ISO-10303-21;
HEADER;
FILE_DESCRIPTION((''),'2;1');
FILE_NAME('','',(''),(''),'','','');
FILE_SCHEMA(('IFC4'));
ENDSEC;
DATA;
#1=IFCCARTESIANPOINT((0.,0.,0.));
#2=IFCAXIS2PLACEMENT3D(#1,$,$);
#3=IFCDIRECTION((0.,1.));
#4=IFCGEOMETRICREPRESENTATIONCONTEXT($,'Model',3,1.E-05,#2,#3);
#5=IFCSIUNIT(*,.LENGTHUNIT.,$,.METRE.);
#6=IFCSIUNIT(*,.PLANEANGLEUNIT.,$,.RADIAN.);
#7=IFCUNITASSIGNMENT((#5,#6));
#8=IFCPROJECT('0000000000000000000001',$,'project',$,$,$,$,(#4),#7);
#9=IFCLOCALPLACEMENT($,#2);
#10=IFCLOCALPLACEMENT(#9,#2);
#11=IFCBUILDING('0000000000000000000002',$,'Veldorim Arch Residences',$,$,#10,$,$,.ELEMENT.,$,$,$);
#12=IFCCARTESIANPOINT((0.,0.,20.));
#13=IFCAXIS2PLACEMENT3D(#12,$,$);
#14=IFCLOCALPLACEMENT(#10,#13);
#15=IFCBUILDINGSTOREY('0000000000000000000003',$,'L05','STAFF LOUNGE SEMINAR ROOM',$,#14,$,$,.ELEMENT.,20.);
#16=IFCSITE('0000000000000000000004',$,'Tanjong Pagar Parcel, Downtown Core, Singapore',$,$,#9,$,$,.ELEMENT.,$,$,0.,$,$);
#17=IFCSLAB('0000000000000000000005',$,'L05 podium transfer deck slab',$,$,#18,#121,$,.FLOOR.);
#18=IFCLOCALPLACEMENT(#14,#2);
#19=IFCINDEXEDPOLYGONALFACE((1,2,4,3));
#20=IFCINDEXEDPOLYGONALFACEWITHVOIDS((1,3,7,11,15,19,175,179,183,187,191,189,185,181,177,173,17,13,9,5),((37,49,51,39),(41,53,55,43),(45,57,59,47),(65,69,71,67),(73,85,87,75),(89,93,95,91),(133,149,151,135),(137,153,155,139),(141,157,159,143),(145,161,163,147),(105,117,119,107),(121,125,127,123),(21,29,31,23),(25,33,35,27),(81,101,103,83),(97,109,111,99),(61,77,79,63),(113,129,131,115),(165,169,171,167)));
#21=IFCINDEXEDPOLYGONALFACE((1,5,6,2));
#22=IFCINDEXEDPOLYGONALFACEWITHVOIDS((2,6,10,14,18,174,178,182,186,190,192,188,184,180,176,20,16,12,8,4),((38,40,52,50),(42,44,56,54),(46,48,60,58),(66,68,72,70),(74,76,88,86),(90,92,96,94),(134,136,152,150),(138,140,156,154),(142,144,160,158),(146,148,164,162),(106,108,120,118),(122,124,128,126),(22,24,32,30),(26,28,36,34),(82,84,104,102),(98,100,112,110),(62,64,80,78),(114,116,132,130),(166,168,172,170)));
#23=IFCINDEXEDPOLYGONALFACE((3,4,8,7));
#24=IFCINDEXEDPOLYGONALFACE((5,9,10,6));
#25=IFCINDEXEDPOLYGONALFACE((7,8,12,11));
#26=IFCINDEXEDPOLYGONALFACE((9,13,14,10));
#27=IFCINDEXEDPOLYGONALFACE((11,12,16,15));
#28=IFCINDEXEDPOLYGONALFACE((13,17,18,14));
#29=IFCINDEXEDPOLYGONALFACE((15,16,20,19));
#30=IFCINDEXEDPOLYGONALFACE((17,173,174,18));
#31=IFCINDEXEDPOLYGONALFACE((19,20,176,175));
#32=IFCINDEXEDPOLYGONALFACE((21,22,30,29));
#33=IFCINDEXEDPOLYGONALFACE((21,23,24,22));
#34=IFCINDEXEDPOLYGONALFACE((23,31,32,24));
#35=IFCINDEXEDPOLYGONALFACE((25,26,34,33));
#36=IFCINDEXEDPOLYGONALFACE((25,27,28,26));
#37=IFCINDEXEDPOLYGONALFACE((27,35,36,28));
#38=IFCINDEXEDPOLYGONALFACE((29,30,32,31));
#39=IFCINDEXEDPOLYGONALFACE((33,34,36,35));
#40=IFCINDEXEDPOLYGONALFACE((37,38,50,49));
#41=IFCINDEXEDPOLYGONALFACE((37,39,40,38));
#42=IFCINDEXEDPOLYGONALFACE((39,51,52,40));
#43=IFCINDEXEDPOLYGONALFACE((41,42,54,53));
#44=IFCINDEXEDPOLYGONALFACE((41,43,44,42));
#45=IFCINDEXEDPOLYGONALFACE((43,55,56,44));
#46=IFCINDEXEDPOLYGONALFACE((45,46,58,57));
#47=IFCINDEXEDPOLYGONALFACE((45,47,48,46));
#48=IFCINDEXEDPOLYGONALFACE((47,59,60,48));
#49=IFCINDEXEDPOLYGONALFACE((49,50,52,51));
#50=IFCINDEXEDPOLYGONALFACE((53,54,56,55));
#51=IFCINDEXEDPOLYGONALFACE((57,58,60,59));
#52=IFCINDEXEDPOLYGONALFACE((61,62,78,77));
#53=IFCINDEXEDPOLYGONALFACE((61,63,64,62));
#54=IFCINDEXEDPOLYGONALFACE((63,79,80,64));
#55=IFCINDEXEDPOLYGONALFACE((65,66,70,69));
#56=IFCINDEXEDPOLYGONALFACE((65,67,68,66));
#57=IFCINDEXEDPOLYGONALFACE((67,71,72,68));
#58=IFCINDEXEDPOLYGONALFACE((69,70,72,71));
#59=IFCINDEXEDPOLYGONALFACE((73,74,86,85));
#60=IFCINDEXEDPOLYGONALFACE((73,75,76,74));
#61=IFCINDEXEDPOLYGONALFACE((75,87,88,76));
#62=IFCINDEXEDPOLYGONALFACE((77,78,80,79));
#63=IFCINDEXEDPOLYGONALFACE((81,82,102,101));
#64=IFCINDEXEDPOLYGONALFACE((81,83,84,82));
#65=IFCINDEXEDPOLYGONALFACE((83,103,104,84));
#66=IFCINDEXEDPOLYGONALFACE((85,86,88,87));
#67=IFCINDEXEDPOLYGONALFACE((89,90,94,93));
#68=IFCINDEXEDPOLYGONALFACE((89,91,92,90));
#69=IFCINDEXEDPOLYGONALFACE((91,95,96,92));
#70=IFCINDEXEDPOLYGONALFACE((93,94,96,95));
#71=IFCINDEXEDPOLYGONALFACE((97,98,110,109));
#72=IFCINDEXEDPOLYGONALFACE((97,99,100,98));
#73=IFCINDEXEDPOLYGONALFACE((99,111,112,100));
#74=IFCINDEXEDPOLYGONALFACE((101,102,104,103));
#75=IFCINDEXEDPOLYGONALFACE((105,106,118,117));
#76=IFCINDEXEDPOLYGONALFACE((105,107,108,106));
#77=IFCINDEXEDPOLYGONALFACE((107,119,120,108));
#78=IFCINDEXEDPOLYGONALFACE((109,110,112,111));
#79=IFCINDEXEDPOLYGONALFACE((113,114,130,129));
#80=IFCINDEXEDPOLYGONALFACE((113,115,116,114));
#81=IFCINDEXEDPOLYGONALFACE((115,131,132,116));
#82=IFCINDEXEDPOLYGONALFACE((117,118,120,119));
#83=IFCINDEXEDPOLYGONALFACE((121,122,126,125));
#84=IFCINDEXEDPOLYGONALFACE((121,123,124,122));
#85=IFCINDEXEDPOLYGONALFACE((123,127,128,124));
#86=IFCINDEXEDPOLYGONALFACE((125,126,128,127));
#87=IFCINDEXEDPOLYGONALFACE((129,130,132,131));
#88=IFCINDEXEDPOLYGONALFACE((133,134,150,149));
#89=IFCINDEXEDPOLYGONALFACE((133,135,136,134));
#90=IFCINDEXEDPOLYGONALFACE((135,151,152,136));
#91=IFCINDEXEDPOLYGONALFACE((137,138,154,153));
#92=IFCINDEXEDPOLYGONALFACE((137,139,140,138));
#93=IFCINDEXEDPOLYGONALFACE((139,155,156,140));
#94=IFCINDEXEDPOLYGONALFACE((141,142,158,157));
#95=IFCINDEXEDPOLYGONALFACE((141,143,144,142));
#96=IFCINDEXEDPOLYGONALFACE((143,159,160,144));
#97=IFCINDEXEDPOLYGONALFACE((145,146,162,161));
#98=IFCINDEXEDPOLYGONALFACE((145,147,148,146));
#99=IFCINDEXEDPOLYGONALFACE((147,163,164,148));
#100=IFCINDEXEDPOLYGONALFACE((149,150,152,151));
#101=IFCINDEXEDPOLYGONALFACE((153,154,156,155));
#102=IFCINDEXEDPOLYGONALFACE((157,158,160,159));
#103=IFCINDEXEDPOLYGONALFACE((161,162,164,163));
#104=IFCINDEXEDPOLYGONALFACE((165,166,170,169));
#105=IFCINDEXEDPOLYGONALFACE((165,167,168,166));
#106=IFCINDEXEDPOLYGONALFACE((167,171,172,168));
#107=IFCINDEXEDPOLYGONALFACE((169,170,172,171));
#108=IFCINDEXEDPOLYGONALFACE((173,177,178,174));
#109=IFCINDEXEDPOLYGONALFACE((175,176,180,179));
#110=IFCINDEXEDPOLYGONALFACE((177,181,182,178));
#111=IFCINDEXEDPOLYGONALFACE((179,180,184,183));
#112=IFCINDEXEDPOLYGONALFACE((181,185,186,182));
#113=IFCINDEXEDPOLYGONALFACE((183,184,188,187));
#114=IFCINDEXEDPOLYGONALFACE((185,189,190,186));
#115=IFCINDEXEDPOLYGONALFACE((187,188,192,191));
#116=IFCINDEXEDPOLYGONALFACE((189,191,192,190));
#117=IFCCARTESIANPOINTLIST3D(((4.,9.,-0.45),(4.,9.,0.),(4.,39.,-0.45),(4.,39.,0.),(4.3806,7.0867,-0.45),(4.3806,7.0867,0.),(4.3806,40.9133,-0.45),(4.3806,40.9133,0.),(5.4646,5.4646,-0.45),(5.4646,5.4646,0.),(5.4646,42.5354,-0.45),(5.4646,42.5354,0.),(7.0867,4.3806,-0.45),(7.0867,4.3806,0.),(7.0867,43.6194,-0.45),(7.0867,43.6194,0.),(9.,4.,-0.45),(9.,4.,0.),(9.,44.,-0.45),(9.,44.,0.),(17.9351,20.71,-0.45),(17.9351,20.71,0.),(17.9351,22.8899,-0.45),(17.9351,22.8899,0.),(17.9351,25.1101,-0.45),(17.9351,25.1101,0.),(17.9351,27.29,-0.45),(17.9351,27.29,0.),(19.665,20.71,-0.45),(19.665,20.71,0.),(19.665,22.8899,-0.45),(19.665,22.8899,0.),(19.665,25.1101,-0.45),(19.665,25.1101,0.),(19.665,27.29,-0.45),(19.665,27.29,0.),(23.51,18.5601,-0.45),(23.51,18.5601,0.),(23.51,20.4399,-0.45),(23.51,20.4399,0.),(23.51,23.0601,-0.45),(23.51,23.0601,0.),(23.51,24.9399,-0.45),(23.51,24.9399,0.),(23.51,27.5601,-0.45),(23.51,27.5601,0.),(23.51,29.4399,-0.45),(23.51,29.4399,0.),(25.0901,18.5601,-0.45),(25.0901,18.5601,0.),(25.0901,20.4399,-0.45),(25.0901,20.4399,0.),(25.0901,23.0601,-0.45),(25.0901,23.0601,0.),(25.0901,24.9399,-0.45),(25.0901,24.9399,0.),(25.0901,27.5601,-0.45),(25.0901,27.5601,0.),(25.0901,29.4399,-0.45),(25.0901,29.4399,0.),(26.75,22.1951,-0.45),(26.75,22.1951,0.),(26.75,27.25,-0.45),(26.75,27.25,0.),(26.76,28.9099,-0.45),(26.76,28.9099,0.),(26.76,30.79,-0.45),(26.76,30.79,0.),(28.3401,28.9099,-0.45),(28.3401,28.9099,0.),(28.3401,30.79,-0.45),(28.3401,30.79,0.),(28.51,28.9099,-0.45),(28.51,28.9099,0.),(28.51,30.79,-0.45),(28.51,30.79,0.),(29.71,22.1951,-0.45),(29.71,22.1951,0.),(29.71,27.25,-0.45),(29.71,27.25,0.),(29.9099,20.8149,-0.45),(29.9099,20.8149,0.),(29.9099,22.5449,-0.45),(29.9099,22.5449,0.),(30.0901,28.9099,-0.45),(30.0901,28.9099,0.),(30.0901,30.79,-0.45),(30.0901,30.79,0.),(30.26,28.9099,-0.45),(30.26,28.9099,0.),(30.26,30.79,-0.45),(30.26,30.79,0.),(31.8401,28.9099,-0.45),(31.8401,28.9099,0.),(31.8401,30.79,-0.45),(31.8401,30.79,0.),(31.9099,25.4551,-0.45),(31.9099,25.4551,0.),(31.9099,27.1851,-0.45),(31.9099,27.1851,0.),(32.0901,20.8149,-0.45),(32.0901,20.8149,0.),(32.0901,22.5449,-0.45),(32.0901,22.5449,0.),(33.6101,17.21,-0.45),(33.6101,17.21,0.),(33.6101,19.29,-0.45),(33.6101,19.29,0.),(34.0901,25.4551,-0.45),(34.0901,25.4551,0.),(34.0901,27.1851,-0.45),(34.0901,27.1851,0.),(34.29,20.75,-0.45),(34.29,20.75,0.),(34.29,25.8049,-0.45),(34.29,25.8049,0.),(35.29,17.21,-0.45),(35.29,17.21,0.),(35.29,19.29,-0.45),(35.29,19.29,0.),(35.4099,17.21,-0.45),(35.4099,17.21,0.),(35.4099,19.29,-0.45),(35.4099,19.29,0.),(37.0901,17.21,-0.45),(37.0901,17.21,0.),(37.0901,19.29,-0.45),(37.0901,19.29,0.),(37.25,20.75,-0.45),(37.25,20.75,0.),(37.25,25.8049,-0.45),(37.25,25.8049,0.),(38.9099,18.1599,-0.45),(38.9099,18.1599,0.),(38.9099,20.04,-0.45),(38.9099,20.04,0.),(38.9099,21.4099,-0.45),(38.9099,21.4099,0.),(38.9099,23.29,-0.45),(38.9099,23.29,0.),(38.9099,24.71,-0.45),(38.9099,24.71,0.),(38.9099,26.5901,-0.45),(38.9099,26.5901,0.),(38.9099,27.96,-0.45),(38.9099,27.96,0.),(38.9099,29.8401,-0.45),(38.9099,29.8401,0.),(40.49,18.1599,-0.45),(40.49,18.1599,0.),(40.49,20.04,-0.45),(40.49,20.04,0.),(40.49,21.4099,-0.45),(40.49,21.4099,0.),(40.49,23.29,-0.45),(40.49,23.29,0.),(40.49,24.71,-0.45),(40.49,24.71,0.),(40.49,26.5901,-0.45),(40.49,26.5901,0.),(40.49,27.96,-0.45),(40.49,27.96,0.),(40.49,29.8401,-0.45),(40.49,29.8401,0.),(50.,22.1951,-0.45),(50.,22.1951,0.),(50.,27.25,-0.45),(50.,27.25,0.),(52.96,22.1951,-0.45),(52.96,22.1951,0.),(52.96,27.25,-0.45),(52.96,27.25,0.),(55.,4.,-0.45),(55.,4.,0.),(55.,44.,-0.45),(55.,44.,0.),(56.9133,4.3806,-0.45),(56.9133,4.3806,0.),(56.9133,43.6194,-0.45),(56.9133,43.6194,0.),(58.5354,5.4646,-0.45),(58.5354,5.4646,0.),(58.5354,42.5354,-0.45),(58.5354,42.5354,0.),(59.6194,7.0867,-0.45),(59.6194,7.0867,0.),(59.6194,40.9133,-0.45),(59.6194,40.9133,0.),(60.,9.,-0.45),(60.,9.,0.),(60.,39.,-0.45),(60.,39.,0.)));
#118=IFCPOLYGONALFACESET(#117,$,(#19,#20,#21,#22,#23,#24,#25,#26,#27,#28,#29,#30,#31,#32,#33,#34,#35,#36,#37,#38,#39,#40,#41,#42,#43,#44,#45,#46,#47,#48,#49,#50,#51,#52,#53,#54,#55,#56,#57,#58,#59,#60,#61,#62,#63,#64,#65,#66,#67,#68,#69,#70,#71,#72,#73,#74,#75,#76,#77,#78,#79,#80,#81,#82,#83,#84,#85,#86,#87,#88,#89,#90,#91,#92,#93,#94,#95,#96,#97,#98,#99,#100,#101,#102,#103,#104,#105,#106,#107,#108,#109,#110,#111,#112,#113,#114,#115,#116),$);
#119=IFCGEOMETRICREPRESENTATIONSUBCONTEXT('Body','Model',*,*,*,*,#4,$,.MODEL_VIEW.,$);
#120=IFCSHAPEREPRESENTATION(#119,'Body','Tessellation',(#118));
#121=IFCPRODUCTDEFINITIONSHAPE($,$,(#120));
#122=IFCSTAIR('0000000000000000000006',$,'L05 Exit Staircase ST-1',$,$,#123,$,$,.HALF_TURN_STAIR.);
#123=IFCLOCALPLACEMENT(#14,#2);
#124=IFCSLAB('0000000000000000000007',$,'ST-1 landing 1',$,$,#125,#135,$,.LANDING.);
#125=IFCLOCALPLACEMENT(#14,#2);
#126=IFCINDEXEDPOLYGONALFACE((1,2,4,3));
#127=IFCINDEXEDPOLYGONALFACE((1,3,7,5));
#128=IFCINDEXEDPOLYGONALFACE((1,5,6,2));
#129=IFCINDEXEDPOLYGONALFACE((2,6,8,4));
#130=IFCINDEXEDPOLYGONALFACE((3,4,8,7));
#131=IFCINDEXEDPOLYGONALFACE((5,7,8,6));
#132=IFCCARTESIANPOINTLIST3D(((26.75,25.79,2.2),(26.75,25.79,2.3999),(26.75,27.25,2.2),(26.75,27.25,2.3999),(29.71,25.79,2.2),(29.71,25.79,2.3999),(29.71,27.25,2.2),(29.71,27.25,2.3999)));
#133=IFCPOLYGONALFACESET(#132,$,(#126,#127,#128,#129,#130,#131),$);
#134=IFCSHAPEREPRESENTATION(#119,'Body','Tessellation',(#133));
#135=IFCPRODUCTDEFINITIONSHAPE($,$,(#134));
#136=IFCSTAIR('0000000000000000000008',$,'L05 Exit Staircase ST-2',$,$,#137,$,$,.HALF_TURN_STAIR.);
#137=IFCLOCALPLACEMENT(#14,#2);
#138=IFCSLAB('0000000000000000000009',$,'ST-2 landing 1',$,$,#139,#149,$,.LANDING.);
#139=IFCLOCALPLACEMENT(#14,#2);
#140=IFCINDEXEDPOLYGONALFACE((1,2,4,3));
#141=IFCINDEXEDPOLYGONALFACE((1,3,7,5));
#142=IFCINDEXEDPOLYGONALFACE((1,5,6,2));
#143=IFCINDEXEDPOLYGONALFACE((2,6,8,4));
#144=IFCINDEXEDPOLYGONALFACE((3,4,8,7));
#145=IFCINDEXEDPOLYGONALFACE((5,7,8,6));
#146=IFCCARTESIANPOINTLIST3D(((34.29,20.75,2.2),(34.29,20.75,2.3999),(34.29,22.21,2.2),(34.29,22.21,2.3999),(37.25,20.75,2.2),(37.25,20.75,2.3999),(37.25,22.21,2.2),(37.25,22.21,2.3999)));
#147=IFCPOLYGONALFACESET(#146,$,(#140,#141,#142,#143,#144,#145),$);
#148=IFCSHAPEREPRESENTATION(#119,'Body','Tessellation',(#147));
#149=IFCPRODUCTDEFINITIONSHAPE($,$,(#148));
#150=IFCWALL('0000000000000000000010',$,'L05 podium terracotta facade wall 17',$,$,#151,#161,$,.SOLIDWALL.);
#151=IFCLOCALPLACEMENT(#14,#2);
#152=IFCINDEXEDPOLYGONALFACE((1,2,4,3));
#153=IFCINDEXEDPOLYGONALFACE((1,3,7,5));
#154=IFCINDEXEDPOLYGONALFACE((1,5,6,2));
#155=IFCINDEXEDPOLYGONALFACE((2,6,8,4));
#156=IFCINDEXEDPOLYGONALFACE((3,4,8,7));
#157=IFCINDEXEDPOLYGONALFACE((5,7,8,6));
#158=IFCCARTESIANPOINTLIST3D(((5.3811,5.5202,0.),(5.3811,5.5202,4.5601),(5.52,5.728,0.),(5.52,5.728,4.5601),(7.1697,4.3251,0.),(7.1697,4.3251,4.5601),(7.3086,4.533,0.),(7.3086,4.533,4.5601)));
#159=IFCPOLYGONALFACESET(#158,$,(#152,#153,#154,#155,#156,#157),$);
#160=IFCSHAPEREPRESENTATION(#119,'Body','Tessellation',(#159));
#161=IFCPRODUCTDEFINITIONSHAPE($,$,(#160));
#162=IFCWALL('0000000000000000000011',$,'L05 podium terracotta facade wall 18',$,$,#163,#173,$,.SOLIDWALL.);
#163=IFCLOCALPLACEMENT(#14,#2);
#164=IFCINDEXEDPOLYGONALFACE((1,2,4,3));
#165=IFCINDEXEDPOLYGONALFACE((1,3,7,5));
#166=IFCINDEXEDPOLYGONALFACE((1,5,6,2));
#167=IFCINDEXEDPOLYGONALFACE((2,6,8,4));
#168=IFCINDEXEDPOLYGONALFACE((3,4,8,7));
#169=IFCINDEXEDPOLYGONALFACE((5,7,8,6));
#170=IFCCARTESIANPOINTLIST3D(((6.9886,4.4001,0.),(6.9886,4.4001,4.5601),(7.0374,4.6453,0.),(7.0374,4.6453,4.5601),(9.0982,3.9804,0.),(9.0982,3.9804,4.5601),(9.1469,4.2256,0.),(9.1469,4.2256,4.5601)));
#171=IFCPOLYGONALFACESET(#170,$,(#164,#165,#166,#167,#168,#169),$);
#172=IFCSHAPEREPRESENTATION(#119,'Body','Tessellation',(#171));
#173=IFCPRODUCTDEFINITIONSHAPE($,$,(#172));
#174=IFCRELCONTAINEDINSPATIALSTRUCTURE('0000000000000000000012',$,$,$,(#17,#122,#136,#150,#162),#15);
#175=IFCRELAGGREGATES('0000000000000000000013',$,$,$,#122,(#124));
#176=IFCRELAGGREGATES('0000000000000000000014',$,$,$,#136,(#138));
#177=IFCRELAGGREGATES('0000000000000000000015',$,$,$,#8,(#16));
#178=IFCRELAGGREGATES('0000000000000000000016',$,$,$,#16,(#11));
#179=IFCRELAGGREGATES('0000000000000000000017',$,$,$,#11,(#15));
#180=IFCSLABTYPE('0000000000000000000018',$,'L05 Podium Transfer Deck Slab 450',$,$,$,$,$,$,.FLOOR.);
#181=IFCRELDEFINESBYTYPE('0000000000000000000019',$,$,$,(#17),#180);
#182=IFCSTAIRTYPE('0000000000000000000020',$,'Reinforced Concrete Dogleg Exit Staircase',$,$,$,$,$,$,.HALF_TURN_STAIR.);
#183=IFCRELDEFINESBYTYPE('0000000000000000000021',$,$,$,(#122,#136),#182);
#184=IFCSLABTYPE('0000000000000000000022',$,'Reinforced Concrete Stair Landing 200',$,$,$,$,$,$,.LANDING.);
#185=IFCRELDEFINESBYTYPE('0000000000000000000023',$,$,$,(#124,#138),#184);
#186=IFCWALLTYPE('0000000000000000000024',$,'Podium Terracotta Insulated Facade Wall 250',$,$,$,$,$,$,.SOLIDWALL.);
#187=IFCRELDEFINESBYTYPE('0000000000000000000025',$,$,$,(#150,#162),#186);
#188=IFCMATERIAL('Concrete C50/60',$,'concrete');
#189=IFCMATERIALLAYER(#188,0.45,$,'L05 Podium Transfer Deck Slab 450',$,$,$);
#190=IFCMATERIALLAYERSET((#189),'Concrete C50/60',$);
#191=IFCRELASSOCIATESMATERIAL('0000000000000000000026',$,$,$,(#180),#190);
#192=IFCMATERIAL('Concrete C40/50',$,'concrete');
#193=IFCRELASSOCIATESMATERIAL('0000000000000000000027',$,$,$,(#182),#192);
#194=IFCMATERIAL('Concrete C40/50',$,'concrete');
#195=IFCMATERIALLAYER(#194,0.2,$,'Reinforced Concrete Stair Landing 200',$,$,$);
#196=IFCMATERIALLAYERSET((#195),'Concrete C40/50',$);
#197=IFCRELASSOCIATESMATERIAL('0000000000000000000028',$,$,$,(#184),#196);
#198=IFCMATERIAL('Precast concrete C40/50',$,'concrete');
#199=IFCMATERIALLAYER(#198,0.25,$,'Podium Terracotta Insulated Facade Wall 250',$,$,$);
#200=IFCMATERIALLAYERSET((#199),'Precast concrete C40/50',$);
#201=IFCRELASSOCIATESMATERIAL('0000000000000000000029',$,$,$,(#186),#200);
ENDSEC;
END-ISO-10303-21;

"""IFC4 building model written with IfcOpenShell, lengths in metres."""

from ifc_helpers import new_model, si_unit, direction, frame, frame_2d, origin, place, context, subcontext, project, spatial, polyline, rectangle, outline, extrude, material, layer, layer_set, type_object, element, aggregate, save


model = new_model("IFC4")

# Units and contexts
model_context = context("Model", 3, precision=1e-05, world=origin(), true_north=direction((0.0, 1.0)))
body_context = subcontext(model_context, "Body", "Model", "MODEL_VIEW")
ifc_project = project(units=[si_unit("LENGTHUNIT", "METRE"), si_unit("PLANEANGLEUNIT", "RADIAN")], contexts=[model_context])

# Site, building, storey
site_placement = place(None, origin())
site = spatial("IfcSite", under=ifc_project, at=site_placement, Name="Tanjong Pagar Parcel, Downtown Core, Singapore", CompositionType="ELEMENT", RefElevation=0.0)
building_placement = place(site_placement, origin())
building = spatial("IfcBuilding", under=site, at=building_placement, Name="Veldorim Arch Residences", CompositionType="ELEMENT")
storey_placement = place(building_placement, frame((0.0, 0.0, 20.0)))
storey = spatial("IfcBuildingStorey", under=building, at=storey_placement, Name="L05", Description="STAFF LOUNGE SEMINAR ROOM", CompositionType="ELEMENT", Elevation=20.0)

# Slab
ifc_material_1 = material(Name="Concrete C50/60", Category="concrete")
ifc_layer_1 = layer(ifc_material_1, 0.45, Name="L05 Podium Transfer Deck Slab 450")
ifc_layer_set_1 = layer_set([ifc_layer_1], Name="Concrete C50/60")
slab_type_1 = type_object("IfcSlabType", Name="L05 Podium Transfer Deck Slab 450", PredefinedType="FLOOR", material=ifc_layer_set_1)
slab_1_placement = place(storey_placement, frame((0.0, 0.0, -0.45)))
element("IfcSlab", 1, at=slab_1_placement, inside=storey, type_object=slab_type_1, Name="L05 podium transfer deck slab", PredefinedType="FLOOR", context=body_context, shape_type="SweptSolid", body=[
    extrude(outline(polyline([(55.0, 4.0), (56.9133, 4.3806), (58.5354, 5.4646), (59.6194, 7.0867), (60.0, 9.0), (60.0, 39.0), (59.6194, 40.9133), (58.5354, 42.5354), (56.9133, 43.6194), (55.0, 44.0), (9.0, 44.0), (7.0867, 43.6194), (5.4646, 42.5354), (4.3806, 40.9133), (4.0, 39.0), (4.0, 9.0), (4.3806, 7.0867), (5.4646, 5.4646), (7.0867, 4.3806), (9.0, 4.0), (55.0, 4.0)]), holes=[polyline([(23.51, 20.4399), (25.0901, 20.4399), (25.0901, 18.5601), (23.51, 18.5601), (23.51, 20.4399)]), polyline([(29.9099, 22.5449), (32.0901, 22.5449), (32.0901, 20.8149), (29.9099, 20.8149), (29.9099, 22.5449)]), polyline([(17.9351, 22.8899), (19.665, 22.8899), (19.665, 20.71), (17.9351, 20.71), (17.9351, 22.8899)]), polyline([(23.51, 24.9399), (25.0901, 24.9399), (25.0901, 23.0601), (23.51, 23.0601), (23.51, 24.9399)]), polyline([(26.75, 27.25), (29.71, 27.25), (29.71, 22.1951), (26.75, 22.1951), (26.75, 27.25)]), polyline([(17.9351, 27.29), (19.665, 27.29), (19.665, 25.1101), (17.9351, 25.1101), (17.9351, 27.29)]), polyline([(23.51, 29.4399), (25.0901, 29.4399), (25.0901, 27.5601), (23.51, 27.5601), (23.51, 29.4399)]), polyline([(28.3401, 30.79), (28.3401, 28.9099), (26.76, 28.9099), (26.76, 30.79), (28.3401, 30.79)]), polyline([(30.0901, 30.79), (30.0901, 28.9099), (28.51, 28.9099), (28.51, 30.79), (30.0901, 30.79)]), polyline([(30.26, 30.79), (31.8401, 30.79), (31.8401, 28.9099), (30.26, 28.9099), (30.26, 30.79)]), polyline([(33.6101, 19.29), (35.29, 19.29), (35.29, 17.21), (33.6101, 17.21), (33.6101, 19.29)]), polyline([(35.4099, 19.29), (37.0901, 19.29), (37.0901, 17.21), (35.4099, 17.21), (35.4099, 19.29)]), polyline([(40.49, 20.04), (40.49, 18.1599), (38.9099, 18.1599), (38.9099, 20.04), (40.49, 20.04)]), polyline([(40.49, 23.29), (40.49, 21.4099), (38.9099, 21.4099), (38.9099, 23.29), (40.49, 23.29)]), polyline([(34.29, 25.8049), (37.25, 25.8049), (37.25, 20.75), (34.29, 20.75), (34.29, 25.8049)]), polyline([(50.0, 27.25), (52.96, 27.25), (52.96, 22.1951), (50.0, 22.1951), (50.0, 27.25)]), polyline([(38.9099, 26.5901), (40.49, 26.5901), (40.49, 24.71), (38.9099, 24.71), (38.9099, 26.5901)]), polyline([(34.0901, 27.1851), (34.0901, 25.4551), (31.9099, 25.4551), (31.9099, 27.1851), (34.0901, 27.1851)]), polyline([(40.49, 29.8401), (40.49, 27.96), (38.9099, 27.96), (38.9099, 29.8401), (40.49, 29.8401)])]), origin(), (0.0, 0.0, 1.0), 0.45),
])

# Stairs, slabs
ifc_material_2 = material(Name="Concrete C40/50", Category="concrete")
stair_type = type_object("IfcStairType", Name="Reinforced Concrete Dogleg Exit Staircase", PredefinedType="HALF_TURN_STAIR", material=ifc_material_2)
stair_1_placement = place(storey_placement, origin())
stair_1 = element("IfcStair", 2, at=stair_1_placement, inside=storey, type_object=stair_type, Name="L05 Exit Staircase ST-1", PredefinedType="HALF_TURN_STAIR")
ifc_material_3 = material(Name="Concrete C40/50", Category="concrete")
ifc_layer_2 = layer(ifc_material_3, 0.2, Name="Reinforced Concrete Stair Landing 200")
ifc_layer_set_2 = layer_set([ifc_layer_2], Name="Concrete C40/50")
slab_type_2 = type_object("IfcSlabType", Name="Reinforced Concrete Stair Landing 200", PredefinedType="LANDING", material=ifc_layer_set_2)
slab_2_placement = place(storey_placement, frame((0.0, 0.0, 2.2)))
slab_2 = element("IfcSlab", 3, at=slab_2_placement, type_object=slab_type_2, Name="ST-1 landing 1", PredefinedType="LANDING", context=body_context, shape_type="SweptSolid", body=[
    extrude(outline(polyline([(29.71, 25.79), (29.71, 27.25), (26.75, 27.25), (26.75, 25.79), (29.71, 25.79)])), origin(), (0.0, 0.0, 1.0), 0.2),
])
aggregate(stair_1, [slab_2])
stair_2_placement = place(storey_placement, origin())
stair_2 = element("IfcStair", 4, at=stair_2_placement, inside=storey, type_object=stair_type, Name="L05 Exit Staircase ST-2", PredefinedType="HALF_TURN_STAIR")
slab_3_placement = place(storey_placement, frame((0.0, 0.0, 2.2)))
slab_3 = element("IfcSlab", 5, at=slab_3_placement, type_object=slab_type_2, Name="ST-2 landing 1", PredefinedType="LANDING", context=body_context, shape_type="SweptSolid", body=[
    extrude(outline(polyline([(34.29, 22.21), (34.29, 20.75), (37.25, 20.75), (37.25, 22.21), (34.29, 22.21)])), origin(), (0.0, 0.0, 1.0), 0.2),
])
aggregate(stair_2, [slab_3])

# Walls
ifc_material_4 = material(Name="Precast concrete C40/50", Category="concrete")
ifc_layer_3 = layer(ifc_material_4, 0.25, Name="Podium Terracotta Insulated Facade Wall 250")
ifc_layer_set_3 = layer_set([ifc_layer_3], Name="Precast concrete C40/50")
wall_type = type_object("IfcWallType", Name="Podium Terracotta Insulated Facade Wall 250", PredefinedType="SOLIDWALL", material=ifc_layer_set_3)
wall_1_placement = place(storey_placement, frame((7.2393, 4.429, 0.0), z_axis=(0.0, 0.0, 1.0), x_axis=(-0.831474, 0.555564, 0.0)))
element("IfcWall", 6, at=wall_1_placement, inside=storey, type_object=wall_type, Name="L05 podium terracotta facade wall 17", PredefinedType="SOLIDWALL", context=body_context, shape_type="SweptSolid", body=[
    extrude(rectangle(XDim=2.1511, YDim=0.25, at=frame_2d((1.0757, 0.0))), origin(), (0.0, 0.0, 1.0), 4.5601),
])
wall_2_placement = place(storey_placement, frame((9.1226, 4.103, 0.0), z_axis=(0.0, 0.0, 1.0), x_axis=(-0.980781, 0.195112, 0.0)))
element("IfcWall", 7, at=wall_2_placement, inside=storey, type_object=wall_type, Name="L05 podium terracotta facade wall 18", PredefinedType="SOLIDWALL", context=body_context, shape_type="SweptSolid", body=[
    extrude(rectangle(XDim=2.1509, YDim=0.25, at=frame_2d((1.0754, 0.0))), origin(), (0.0, 0.0, 1.0), 4.5601),
])

save(model, "model.ifc")
